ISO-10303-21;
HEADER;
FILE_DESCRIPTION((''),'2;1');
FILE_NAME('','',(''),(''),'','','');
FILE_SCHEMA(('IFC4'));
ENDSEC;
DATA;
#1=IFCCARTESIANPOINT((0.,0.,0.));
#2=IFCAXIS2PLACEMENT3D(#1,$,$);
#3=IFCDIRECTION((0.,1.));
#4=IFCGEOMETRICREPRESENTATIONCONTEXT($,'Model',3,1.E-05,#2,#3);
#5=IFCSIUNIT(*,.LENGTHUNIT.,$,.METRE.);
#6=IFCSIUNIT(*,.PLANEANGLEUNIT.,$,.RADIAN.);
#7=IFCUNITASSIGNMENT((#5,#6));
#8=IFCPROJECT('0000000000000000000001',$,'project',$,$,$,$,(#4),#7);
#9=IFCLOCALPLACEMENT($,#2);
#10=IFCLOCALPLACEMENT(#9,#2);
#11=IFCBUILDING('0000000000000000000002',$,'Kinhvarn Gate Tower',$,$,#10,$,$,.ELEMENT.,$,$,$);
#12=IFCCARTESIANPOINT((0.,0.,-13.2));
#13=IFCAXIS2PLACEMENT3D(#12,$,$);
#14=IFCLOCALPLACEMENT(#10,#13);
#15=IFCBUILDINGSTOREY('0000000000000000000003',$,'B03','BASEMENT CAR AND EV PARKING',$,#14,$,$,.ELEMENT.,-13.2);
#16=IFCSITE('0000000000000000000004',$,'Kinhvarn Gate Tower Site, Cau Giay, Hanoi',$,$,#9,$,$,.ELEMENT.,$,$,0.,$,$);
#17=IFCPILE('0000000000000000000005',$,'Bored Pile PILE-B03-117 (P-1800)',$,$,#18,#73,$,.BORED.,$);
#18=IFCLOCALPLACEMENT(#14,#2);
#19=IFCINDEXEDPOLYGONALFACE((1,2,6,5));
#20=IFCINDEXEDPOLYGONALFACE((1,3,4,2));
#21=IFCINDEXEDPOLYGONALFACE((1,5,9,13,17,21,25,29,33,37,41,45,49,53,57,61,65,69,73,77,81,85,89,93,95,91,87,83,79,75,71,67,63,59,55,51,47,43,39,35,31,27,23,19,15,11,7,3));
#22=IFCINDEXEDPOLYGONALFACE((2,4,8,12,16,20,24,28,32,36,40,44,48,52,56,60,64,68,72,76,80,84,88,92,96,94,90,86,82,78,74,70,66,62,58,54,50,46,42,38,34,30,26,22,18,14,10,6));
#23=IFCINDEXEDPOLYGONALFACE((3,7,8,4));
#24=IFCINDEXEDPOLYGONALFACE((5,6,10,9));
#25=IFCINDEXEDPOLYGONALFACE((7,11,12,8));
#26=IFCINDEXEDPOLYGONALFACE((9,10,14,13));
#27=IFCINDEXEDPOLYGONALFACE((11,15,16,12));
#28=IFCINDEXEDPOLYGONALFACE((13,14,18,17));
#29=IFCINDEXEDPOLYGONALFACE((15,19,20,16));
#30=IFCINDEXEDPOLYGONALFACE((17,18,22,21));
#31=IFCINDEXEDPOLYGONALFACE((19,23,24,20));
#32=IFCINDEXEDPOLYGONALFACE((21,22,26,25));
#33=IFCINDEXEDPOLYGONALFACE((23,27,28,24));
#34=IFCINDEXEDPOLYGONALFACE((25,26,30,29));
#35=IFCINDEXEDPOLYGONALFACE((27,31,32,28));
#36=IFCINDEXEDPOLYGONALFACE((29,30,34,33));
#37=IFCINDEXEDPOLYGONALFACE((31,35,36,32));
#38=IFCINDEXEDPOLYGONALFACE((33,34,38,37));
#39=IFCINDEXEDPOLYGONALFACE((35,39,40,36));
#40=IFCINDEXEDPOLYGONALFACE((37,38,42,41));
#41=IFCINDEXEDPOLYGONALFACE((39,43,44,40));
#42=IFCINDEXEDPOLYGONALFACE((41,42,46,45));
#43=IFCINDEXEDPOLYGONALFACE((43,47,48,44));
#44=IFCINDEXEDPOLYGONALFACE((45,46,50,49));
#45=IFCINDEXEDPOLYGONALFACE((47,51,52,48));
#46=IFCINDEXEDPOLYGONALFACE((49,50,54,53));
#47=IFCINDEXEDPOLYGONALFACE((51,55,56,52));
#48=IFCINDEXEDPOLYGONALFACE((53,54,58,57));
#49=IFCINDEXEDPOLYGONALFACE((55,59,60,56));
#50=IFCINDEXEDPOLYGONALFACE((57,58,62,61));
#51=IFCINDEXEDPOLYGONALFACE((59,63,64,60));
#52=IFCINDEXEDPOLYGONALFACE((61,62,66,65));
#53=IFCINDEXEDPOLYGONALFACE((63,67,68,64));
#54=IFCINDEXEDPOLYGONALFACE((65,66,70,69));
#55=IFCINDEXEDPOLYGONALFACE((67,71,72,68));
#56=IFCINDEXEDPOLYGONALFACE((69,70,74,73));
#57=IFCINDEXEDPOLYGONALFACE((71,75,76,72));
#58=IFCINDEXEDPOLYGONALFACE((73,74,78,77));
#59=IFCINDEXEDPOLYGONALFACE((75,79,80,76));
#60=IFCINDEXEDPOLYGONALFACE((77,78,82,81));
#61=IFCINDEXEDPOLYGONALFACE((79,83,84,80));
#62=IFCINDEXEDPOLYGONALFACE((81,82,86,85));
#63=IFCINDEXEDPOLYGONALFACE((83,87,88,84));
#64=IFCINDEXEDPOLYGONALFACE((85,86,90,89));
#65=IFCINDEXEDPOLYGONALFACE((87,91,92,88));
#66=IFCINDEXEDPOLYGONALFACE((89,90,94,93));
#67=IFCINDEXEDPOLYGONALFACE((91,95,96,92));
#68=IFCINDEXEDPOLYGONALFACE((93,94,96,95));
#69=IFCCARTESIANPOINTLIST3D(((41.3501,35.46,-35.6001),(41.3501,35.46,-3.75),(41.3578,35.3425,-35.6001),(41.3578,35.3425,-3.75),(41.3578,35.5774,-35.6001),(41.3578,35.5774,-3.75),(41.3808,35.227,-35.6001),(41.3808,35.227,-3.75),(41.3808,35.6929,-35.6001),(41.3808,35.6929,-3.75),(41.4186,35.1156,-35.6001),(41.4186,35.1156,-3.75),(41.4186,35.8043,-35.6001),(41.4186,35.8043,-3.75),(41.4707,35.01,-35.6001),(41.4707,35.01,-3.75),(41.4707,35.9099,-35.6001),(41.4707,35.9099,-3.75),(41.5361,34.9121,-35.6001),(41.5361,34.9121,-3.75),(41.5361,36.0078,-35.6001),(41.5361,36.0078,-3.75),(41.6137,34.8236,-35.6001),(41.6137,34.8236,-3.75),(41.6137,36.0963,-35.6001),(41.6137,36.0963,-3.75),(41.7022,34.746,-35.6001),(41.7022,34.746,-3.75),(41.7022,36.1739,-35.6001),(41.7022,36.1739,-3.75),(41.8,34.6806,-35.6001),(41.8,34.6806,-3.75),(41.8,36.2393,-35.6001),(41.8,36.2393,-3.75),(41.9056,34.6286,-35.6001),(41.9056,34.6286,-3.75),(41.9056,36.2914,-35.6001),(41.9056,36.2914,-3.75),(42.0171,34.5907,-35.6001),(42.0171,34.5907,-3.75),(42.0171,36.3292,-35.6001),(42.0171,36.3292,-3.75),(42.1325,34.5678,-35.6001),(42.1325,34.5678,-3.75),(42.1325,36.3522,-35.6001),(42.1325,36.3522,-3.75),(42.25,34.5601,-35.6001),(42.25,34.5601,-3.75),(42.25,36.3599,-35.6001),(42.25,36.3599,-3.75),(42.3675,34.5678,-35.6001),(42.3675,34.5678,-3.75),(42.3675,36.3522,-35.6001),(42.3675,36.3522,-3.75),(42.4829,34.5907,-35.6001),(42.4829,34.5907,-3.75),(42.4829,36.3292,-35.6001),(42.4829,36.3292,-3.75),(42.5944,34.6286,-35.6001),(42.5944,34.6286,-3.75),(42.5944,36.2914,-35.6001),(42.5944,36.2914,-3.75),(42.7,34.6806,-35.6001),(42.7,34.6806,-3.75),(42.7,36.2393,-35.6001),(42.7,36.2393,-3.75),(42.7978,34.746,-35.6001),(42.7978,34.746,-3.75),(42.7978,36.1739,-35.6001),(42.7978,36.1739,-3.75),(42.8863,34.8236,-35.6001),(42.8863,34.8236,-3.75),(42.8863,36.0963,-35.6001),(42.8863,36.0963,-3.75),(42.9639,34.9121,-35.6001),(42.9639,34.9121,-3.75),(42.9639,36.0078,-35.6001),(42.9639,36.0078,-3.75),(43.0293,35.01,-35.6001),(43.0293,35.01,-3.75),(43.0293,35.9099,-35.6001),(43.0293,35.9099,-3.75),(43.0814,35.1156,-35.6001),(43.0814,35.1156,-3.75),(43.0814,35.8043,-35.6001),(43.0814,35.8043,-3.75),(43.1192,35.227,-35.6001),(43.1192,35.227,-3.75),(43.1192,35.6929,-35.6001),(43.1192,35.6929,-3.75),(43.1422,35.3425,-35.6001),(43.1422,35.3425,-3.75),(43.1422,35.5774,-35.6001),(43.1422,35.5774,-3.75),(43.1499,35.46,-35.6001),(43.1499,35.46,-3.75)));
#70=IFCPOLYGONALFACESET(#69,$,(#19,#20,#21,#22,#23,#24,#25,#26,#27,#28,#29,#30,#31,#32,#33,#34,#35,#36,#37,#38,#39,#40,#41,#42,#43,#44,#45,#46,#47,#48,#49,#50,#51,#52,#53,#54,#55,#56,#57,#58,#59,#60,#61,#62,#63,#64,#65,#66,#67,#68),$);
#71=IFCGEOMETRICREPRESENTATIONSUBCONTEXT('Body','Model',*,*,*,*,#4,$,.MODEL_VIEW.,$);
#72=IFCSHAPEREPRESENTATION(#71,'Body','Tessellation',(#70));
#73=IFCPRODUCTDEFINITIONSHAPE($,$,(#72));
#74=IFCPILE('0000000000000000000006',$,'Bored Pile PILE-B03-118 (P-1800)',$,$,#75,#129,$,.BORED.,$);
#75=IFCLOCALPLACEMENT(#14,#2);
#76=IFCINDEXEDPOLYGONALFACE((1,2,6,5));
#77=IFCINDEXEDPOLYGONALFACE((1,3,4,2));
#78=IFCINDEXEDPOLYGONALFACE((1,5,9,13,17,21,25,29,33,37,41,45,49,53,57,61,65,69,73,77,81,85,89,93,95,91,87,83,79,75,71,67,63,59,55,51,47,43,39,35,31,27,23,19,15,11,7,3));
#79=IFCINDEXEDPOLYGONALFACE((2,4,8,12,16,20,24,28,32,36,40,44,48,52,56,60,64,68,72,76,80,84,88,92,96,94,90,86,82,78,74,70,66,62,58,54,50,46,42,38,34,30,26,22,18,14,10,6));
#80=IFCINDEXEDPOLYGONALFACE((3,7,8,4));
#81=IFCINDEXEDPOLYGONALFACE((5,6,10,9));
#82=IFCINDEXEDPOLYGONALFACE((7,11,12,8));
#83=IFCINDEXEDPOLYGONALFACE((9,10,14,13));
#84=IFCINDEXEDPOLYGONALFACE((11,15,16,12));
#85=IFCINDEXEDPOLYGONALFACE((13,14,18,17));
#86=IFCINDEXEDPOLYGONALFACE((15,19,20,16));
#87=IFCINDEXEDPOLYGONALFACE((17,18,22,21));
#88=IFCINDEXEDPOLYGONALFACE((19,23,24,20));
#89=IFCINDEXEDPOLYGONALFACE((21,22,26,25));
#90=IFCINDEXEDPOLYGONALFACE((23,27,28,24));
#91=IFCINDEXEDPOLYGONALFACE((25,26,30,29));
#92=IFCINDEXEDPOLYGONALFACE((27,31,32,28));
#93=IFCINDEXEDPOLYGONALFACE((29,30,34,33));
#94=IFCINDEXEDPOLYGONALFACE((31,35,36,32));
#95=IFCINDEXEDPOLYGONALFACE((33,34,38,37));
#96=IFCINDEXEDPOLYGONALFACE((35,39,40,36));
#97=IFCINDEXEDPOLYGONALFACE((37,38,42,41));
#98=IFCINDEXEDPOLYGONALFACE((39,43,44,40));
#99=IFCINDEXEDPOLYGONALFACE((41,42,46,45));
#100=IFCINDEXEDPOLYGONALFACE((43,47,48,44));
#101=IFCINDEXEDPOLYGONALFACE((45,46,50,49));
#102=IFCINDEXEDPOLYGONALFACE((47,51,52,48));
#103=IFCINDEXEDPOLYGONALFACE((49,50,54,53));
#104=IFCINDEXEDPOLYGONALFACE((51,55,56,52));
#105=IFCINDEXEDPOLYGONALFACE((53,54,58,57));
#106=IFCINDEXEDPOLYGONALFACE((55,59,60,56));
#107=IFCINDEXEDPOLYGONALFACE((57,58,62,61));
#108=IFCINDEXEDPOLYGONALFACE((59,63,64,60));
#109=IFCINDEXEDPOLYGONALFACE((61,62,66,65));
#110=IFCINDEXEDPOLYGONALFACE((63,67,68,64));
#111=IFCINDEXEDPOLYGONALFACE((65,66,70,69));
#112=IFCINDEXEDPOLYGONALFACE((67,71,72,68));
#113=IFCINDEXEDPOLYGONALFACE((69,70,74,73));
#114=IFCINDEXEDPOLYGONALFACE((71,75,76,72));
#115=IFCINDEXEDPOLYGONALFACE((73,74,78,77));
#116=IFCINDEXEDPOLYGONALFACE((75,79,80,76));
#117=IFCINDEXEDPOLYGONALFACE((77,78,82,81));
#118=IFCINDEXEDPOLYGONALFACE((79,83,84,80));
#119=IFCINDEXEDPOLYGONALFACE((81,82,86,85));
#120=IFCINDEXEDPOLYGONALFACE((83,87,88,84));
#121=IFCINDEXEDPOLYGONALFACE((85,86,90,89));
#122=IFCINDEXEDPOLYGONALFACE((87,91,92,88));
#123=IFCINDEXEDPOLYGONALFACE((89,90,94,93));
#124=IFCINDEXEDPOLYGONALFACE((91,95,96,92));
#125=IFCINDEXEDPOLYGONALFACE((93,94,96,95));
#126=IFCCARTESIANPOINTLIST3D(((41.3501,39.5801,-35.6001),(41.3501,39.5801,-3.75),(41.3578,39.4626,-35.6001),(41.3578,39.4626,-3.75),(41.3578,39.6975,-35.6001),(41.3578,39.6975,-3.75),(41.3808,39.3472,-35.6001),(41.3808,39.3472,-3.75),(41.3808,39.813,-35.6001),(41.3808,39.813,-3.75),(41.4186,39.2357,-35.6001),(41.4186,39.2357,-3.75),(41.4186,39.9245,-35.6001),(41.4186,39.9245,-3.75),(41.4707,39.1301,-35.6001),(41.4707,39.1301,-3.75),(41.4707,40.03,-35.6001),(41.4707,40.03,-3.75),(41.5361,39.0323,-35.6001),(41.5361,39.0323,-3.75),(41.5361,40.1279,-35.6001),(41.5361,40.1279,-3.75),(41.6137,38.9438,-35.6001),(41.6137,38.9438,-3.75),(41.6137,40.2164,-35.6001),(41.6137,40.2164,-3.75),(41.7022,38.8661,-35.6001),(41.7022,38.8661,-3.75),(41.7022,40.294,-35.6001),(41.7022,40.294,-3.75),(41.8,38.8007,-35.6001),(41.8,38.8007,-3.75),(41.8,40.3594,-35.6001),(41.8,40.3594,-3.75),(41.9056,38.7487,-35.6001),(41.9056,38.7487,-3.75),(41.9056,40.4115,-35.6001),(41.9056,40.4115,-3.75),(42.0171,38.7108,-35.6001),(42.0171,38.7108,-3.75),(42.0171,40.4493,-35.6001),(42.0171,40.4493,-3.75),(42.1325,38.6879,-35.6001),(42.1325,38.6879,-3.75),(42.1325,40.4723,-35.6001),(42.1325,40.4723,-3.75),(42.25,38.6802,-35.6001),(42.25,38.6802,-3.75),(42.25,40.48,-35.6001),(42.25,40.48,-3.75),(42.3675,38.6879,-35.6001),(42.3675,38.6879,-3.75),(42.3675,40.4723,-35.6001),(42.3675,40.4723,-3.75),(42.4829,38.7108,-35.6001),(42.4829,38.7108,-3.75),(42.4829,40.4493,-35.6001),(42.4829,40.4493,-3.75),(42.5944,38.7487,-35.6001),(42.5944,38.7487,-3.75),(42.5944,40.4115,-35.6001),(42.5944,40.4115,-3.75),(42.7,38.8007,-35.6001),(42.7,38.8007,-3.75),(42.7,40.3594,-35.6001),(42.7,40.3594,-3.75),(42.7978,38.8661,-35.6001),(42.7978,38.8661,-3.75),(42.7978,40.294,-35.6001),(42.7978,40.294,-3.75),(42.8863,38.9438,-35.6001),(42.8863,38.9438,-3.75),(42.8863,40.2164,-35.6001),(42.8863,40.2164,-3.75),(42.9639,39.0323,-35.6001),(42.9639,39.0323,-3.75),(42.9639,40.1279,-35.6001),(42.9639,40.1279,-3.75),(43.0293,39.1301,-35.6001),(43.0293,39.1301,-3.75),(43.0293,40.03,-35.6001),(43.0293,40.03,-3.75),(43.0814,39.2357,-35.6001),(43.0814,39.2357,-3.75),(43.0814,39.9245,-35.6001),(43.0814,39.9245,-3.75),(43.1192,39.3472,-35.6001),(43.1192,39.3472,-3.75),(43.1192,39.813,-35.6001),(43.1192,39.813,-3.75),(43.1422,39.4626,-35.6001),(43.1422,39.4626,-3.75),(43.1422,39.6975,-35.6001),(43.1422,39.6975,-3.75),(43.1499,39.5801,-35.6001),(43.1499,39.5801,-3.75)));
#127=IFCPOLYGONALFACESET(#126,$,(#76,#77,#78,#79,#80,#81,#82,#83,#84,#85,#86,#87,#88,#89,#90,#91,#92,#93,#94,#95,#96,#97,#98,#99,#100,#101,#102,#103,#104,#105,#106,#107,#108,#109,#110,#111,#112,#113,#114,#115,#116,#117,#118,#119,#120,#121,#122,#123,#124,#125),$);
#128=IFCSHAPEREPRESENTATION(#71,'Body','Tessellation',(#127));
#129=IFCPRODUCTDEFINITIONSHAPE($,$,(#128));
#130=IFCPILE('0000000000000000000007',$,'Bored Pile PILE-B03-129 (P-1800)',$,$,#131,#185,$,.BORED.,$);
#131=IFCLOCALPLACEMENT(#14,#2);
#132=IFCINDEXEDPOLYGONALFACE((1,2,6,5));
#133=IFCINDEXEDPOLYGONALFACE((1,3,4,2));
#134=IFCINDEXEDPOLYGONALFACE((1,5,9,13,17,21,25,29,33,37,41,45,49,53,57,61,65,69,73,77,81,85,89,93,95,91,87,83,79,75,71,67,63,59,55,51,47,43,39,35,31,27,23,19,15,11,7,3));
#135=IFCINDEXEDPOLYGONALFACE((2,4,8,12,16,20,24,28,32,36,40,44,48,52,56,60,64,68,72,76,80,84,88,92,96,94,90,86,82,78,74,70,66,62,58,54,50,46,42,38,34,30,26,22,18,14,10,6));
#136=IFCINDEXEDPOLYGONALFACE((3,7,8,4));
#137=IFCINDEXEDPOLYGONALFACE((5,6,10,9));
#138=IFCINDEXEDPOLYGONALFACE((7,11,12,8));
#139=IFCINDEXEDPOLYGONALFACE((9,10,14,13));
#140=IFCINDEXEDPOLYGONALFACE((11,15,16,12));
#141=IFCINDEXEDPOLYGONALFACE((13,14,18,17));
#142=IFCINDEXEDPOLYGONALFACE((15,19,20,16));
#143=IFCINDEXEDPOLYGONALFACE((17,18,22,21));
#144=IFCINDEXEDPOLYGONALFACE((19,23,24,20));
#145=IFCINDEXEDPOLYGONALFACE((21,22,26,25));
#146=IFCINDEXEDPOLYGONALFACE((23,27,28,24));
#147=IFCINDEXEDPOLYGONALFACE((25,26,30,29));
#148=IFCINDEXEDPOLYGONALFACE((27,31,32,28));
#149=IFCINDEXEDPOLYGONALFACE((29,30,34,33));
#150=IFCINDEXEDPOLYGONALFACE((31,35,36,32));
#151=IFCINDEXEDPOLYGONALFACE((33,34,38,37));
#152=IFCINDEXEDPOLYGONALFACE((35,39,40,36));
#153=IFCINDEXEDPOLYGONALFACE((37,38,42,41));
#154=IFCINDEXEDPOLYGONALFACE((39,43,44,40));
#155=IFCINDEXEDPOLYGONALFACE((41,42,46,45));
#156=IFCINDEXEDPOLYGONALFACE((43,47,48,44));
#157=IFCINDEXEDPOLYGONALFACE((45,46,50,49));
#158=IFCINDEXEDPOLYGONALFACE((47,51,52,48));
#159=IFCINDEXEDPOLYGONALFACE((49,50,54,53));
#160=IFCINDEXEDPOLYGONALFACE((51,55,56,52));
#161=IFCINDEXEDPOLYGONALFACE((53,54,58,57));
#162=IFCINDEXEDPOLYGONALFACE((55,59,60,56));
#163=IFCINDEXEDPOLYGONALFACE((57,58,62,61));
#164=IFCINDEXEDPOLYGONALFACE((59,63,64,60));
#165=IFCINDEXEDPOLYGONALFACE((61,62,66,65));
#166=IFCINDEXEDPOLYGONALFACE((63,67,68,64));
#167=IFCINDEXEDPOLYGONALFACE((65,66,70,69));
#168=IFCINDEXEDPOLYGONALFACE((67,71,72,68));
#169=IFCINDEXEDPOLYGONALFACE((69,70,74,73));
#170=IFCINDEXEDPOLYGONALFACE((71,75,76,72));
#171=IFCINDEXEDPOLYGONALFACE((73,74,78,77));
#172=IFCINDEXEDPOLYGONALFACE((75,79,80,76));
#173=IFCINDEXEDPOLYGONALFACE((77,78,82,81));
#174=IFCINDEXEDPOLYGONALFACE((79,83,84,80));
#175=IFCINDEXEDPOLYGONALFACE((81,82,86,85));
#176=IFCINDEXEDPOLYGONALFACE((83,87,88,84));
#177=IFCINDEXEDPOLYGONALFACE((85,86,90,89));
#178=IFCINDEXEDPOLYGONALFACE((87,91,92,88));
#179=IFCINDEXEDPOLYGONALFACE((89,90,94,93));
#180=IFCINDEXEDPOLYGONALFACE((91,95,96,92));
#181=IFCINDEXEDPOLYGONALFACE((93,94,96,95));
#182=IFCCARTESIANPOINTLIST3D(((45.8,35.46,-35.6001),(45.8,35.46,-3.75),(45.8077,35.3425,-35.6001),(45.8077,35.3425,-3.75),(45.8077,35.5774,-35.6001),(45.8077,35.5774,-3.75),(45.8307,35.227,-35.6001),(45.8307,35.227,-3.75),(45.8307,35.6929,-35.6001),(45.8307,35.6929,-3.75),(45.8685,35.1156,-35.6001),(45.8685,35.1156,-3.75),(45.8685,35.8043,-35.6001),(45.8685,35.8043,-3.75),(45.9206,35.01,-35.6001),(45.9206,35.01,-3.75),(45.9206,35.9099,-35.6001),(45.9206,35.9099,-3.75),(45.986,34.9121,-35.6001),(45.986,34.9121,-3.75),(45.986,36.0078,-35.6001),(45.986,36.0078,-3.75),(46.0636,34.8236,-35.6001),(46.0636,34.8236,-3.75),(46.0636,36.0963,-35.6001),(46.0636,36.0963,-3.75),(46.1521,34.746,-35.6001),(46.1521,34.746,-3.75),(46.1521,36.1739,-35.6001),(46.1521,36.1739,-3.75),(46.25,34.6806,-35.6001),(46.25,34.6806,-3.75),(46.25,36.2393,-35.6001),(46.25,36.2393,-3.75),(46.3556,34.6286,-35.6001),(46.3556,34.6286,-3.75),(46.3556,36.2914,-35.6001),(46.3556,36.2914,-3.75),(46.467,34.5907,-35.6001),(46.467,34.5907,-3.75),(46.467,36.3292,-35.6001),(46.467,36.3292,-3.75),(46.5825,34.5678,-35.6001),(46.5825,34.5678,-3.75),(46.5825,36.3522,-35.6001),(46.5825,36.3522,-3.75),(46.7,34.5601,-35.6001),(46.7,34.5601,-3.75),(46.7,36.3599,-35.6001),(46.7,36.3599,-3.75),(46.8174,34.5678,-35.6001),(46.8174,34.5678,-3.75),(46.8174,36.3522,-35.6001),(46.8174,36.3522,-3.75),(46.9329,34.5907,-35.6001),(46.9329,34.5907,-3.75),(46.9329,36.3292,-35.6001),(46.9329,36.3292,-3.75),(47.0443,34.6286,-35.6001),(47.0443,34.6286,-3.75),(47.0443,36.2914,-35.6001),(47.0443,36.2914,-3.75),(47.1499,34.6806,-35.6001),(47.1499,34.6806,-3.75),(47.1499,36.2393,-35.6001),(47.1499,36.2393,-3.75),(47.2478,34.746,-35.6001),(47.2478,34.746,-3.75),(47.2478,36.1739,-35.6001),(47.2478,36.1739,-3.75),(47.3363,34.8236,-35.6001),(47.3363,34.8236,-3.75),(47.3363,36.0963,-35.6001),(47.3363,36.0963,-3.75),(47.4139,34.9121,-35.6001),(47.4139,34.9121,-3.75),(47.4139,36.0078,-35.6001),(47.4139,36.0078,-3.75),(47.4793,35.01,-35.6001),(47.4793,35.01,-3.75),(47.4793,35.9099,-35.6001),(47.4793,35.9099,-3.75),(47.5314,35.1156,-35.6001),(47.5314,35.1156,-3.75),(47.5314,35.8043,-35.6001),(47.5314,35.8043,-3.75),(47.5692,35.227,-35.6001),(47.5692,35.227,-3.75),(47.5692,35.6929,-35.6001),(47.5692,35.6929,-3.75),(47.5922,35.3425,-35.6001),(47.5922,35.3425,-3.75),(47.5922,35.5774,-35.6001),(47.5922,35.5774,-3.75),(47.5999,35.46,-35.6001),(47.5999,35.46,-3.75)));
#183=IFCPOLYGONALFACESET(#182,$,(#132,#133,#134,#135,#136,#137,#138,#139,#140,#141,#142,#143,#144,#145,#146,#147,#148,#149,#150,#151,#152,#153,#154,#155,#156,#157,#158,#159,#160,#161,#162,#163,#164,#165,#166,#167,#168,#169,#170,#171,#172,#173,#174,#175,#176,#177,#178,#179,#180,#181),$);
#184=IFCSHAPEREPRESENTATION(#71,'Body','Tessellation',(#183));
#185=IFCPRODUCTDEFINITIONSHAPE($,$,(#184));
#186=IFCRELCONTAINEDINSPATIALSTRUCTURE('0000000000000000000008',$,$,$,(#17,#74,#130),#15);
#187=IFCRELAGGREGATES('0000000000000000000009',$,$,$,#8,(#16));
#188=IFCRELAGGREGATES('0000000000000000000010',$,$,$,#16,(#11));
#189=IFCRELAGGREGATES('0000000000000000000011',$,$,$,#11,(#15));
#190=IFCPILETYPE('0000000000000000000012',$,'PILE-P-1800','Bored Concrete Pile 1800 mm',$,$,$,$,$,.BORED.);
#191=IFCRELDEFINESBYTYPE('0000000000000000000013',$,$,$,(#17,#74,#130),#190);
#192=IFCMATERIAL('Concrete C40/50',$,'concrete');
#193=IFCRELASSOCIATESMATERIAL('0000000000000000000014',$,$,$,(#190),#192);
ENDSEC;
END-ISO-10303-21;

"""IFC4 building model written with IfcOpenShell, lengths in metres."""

from ifc_helpers import new_model, si_unit, direction, frame, origin, origin_2d, place, context, subcontext, project, spatial, circle, extrude, material, material_profile, profile_set, type_object, element, save


model = new_model("IFC4")

# Units and contexts
model_context = context("Model", 3, precision=1e-05, world=origin(), true_north=direction((0.0, 1.0)))
body_context = subcontext(model_context, "Body", "Model", "MODEL_VIEW")
ifc_project = project(units=[si_unit("LENGTHUNIT", "METRE"), si_unit("PLANEANGLEUNIT", "RADIAN")], contexts=[model_context])

# Site, building, storey
site_placement = place(None, origin())
site = spatial("IfcSite", under=ifc_project, at=site_placement, Name="Kinhvarn Gate Tower Site, Cau Giay, Hanoi", CompositionType="ELEMENT", RefElevation=0.0)
building_placement = place(site_placement, origin())
building = spatial("IfcBuilding", under=site, at=building_placement, Name="Kinhvarn Gate Tower", CompositionType="ELEMENT")
storey_placement = place(building_placement, frame((0.0, 0.0, -13.2)))
storey = spatial("IfcBuildingStorey", under=building, at=storey_placement, Name="B03", Description="BASEMENT CAR AND EV PARKING", CompositionType="ELEMENT", Elevation=-13.2)

# Piles
ifc_material = material(Name="Concrete C40/50", Category="concrete")
ifc_material_profile_1 = material_profile(ifc_material, circle(Radius=0.8999, at=origin_2d()), Name="PILE D1800")
ifc_profile_set_1 = profile_set([ifc_material_profile_1], Name="Concrete C40/50")
pile_type_1 = type_object("IfcPileType", Name="PILE-P-1800", Description="Bored Concrete Pile 1800 mm", PredefinedType="BORED", material=ifc_profile_set_1)
for number, where, z_axis, x_axis, name in (
    (1, (42.25, 35.46, -35.6001), (0.0, 0.0, 1.0), (1.0, 0.0, 0.0), "Bored Pile PILE-B03-117 (P-1800)"),
    (2, (42.25, 39.5801, -35.6001), (0.0, 0.0, 1.0), (1.0, 0.0, 0.0), "Bored Pile PILE-B03-118 (P-1800)"),
    (3, (46.7, 35.46, -35.6001), (0.0, 0.0, 1.0), (1.0, 0.0, 0.0), "Bored Pile PILE-B03-129 (P-1800)"),
):
    element("IfcPile", number, at=place(storey_placement, frame(where, z_axis=z_axis, x_axis=x_axis)), inside=storey, type_object=pile_type_1, Name=name, PredefinedType="BORED", context=body_context, shape_type="SweptSolid", body=[
        extrude(circle(Radius=0.8999, at=origin_2d()), origin(), (0.0, 0.0, 1.0), 31.8501),
    ])

save(model, "model.ifc")
